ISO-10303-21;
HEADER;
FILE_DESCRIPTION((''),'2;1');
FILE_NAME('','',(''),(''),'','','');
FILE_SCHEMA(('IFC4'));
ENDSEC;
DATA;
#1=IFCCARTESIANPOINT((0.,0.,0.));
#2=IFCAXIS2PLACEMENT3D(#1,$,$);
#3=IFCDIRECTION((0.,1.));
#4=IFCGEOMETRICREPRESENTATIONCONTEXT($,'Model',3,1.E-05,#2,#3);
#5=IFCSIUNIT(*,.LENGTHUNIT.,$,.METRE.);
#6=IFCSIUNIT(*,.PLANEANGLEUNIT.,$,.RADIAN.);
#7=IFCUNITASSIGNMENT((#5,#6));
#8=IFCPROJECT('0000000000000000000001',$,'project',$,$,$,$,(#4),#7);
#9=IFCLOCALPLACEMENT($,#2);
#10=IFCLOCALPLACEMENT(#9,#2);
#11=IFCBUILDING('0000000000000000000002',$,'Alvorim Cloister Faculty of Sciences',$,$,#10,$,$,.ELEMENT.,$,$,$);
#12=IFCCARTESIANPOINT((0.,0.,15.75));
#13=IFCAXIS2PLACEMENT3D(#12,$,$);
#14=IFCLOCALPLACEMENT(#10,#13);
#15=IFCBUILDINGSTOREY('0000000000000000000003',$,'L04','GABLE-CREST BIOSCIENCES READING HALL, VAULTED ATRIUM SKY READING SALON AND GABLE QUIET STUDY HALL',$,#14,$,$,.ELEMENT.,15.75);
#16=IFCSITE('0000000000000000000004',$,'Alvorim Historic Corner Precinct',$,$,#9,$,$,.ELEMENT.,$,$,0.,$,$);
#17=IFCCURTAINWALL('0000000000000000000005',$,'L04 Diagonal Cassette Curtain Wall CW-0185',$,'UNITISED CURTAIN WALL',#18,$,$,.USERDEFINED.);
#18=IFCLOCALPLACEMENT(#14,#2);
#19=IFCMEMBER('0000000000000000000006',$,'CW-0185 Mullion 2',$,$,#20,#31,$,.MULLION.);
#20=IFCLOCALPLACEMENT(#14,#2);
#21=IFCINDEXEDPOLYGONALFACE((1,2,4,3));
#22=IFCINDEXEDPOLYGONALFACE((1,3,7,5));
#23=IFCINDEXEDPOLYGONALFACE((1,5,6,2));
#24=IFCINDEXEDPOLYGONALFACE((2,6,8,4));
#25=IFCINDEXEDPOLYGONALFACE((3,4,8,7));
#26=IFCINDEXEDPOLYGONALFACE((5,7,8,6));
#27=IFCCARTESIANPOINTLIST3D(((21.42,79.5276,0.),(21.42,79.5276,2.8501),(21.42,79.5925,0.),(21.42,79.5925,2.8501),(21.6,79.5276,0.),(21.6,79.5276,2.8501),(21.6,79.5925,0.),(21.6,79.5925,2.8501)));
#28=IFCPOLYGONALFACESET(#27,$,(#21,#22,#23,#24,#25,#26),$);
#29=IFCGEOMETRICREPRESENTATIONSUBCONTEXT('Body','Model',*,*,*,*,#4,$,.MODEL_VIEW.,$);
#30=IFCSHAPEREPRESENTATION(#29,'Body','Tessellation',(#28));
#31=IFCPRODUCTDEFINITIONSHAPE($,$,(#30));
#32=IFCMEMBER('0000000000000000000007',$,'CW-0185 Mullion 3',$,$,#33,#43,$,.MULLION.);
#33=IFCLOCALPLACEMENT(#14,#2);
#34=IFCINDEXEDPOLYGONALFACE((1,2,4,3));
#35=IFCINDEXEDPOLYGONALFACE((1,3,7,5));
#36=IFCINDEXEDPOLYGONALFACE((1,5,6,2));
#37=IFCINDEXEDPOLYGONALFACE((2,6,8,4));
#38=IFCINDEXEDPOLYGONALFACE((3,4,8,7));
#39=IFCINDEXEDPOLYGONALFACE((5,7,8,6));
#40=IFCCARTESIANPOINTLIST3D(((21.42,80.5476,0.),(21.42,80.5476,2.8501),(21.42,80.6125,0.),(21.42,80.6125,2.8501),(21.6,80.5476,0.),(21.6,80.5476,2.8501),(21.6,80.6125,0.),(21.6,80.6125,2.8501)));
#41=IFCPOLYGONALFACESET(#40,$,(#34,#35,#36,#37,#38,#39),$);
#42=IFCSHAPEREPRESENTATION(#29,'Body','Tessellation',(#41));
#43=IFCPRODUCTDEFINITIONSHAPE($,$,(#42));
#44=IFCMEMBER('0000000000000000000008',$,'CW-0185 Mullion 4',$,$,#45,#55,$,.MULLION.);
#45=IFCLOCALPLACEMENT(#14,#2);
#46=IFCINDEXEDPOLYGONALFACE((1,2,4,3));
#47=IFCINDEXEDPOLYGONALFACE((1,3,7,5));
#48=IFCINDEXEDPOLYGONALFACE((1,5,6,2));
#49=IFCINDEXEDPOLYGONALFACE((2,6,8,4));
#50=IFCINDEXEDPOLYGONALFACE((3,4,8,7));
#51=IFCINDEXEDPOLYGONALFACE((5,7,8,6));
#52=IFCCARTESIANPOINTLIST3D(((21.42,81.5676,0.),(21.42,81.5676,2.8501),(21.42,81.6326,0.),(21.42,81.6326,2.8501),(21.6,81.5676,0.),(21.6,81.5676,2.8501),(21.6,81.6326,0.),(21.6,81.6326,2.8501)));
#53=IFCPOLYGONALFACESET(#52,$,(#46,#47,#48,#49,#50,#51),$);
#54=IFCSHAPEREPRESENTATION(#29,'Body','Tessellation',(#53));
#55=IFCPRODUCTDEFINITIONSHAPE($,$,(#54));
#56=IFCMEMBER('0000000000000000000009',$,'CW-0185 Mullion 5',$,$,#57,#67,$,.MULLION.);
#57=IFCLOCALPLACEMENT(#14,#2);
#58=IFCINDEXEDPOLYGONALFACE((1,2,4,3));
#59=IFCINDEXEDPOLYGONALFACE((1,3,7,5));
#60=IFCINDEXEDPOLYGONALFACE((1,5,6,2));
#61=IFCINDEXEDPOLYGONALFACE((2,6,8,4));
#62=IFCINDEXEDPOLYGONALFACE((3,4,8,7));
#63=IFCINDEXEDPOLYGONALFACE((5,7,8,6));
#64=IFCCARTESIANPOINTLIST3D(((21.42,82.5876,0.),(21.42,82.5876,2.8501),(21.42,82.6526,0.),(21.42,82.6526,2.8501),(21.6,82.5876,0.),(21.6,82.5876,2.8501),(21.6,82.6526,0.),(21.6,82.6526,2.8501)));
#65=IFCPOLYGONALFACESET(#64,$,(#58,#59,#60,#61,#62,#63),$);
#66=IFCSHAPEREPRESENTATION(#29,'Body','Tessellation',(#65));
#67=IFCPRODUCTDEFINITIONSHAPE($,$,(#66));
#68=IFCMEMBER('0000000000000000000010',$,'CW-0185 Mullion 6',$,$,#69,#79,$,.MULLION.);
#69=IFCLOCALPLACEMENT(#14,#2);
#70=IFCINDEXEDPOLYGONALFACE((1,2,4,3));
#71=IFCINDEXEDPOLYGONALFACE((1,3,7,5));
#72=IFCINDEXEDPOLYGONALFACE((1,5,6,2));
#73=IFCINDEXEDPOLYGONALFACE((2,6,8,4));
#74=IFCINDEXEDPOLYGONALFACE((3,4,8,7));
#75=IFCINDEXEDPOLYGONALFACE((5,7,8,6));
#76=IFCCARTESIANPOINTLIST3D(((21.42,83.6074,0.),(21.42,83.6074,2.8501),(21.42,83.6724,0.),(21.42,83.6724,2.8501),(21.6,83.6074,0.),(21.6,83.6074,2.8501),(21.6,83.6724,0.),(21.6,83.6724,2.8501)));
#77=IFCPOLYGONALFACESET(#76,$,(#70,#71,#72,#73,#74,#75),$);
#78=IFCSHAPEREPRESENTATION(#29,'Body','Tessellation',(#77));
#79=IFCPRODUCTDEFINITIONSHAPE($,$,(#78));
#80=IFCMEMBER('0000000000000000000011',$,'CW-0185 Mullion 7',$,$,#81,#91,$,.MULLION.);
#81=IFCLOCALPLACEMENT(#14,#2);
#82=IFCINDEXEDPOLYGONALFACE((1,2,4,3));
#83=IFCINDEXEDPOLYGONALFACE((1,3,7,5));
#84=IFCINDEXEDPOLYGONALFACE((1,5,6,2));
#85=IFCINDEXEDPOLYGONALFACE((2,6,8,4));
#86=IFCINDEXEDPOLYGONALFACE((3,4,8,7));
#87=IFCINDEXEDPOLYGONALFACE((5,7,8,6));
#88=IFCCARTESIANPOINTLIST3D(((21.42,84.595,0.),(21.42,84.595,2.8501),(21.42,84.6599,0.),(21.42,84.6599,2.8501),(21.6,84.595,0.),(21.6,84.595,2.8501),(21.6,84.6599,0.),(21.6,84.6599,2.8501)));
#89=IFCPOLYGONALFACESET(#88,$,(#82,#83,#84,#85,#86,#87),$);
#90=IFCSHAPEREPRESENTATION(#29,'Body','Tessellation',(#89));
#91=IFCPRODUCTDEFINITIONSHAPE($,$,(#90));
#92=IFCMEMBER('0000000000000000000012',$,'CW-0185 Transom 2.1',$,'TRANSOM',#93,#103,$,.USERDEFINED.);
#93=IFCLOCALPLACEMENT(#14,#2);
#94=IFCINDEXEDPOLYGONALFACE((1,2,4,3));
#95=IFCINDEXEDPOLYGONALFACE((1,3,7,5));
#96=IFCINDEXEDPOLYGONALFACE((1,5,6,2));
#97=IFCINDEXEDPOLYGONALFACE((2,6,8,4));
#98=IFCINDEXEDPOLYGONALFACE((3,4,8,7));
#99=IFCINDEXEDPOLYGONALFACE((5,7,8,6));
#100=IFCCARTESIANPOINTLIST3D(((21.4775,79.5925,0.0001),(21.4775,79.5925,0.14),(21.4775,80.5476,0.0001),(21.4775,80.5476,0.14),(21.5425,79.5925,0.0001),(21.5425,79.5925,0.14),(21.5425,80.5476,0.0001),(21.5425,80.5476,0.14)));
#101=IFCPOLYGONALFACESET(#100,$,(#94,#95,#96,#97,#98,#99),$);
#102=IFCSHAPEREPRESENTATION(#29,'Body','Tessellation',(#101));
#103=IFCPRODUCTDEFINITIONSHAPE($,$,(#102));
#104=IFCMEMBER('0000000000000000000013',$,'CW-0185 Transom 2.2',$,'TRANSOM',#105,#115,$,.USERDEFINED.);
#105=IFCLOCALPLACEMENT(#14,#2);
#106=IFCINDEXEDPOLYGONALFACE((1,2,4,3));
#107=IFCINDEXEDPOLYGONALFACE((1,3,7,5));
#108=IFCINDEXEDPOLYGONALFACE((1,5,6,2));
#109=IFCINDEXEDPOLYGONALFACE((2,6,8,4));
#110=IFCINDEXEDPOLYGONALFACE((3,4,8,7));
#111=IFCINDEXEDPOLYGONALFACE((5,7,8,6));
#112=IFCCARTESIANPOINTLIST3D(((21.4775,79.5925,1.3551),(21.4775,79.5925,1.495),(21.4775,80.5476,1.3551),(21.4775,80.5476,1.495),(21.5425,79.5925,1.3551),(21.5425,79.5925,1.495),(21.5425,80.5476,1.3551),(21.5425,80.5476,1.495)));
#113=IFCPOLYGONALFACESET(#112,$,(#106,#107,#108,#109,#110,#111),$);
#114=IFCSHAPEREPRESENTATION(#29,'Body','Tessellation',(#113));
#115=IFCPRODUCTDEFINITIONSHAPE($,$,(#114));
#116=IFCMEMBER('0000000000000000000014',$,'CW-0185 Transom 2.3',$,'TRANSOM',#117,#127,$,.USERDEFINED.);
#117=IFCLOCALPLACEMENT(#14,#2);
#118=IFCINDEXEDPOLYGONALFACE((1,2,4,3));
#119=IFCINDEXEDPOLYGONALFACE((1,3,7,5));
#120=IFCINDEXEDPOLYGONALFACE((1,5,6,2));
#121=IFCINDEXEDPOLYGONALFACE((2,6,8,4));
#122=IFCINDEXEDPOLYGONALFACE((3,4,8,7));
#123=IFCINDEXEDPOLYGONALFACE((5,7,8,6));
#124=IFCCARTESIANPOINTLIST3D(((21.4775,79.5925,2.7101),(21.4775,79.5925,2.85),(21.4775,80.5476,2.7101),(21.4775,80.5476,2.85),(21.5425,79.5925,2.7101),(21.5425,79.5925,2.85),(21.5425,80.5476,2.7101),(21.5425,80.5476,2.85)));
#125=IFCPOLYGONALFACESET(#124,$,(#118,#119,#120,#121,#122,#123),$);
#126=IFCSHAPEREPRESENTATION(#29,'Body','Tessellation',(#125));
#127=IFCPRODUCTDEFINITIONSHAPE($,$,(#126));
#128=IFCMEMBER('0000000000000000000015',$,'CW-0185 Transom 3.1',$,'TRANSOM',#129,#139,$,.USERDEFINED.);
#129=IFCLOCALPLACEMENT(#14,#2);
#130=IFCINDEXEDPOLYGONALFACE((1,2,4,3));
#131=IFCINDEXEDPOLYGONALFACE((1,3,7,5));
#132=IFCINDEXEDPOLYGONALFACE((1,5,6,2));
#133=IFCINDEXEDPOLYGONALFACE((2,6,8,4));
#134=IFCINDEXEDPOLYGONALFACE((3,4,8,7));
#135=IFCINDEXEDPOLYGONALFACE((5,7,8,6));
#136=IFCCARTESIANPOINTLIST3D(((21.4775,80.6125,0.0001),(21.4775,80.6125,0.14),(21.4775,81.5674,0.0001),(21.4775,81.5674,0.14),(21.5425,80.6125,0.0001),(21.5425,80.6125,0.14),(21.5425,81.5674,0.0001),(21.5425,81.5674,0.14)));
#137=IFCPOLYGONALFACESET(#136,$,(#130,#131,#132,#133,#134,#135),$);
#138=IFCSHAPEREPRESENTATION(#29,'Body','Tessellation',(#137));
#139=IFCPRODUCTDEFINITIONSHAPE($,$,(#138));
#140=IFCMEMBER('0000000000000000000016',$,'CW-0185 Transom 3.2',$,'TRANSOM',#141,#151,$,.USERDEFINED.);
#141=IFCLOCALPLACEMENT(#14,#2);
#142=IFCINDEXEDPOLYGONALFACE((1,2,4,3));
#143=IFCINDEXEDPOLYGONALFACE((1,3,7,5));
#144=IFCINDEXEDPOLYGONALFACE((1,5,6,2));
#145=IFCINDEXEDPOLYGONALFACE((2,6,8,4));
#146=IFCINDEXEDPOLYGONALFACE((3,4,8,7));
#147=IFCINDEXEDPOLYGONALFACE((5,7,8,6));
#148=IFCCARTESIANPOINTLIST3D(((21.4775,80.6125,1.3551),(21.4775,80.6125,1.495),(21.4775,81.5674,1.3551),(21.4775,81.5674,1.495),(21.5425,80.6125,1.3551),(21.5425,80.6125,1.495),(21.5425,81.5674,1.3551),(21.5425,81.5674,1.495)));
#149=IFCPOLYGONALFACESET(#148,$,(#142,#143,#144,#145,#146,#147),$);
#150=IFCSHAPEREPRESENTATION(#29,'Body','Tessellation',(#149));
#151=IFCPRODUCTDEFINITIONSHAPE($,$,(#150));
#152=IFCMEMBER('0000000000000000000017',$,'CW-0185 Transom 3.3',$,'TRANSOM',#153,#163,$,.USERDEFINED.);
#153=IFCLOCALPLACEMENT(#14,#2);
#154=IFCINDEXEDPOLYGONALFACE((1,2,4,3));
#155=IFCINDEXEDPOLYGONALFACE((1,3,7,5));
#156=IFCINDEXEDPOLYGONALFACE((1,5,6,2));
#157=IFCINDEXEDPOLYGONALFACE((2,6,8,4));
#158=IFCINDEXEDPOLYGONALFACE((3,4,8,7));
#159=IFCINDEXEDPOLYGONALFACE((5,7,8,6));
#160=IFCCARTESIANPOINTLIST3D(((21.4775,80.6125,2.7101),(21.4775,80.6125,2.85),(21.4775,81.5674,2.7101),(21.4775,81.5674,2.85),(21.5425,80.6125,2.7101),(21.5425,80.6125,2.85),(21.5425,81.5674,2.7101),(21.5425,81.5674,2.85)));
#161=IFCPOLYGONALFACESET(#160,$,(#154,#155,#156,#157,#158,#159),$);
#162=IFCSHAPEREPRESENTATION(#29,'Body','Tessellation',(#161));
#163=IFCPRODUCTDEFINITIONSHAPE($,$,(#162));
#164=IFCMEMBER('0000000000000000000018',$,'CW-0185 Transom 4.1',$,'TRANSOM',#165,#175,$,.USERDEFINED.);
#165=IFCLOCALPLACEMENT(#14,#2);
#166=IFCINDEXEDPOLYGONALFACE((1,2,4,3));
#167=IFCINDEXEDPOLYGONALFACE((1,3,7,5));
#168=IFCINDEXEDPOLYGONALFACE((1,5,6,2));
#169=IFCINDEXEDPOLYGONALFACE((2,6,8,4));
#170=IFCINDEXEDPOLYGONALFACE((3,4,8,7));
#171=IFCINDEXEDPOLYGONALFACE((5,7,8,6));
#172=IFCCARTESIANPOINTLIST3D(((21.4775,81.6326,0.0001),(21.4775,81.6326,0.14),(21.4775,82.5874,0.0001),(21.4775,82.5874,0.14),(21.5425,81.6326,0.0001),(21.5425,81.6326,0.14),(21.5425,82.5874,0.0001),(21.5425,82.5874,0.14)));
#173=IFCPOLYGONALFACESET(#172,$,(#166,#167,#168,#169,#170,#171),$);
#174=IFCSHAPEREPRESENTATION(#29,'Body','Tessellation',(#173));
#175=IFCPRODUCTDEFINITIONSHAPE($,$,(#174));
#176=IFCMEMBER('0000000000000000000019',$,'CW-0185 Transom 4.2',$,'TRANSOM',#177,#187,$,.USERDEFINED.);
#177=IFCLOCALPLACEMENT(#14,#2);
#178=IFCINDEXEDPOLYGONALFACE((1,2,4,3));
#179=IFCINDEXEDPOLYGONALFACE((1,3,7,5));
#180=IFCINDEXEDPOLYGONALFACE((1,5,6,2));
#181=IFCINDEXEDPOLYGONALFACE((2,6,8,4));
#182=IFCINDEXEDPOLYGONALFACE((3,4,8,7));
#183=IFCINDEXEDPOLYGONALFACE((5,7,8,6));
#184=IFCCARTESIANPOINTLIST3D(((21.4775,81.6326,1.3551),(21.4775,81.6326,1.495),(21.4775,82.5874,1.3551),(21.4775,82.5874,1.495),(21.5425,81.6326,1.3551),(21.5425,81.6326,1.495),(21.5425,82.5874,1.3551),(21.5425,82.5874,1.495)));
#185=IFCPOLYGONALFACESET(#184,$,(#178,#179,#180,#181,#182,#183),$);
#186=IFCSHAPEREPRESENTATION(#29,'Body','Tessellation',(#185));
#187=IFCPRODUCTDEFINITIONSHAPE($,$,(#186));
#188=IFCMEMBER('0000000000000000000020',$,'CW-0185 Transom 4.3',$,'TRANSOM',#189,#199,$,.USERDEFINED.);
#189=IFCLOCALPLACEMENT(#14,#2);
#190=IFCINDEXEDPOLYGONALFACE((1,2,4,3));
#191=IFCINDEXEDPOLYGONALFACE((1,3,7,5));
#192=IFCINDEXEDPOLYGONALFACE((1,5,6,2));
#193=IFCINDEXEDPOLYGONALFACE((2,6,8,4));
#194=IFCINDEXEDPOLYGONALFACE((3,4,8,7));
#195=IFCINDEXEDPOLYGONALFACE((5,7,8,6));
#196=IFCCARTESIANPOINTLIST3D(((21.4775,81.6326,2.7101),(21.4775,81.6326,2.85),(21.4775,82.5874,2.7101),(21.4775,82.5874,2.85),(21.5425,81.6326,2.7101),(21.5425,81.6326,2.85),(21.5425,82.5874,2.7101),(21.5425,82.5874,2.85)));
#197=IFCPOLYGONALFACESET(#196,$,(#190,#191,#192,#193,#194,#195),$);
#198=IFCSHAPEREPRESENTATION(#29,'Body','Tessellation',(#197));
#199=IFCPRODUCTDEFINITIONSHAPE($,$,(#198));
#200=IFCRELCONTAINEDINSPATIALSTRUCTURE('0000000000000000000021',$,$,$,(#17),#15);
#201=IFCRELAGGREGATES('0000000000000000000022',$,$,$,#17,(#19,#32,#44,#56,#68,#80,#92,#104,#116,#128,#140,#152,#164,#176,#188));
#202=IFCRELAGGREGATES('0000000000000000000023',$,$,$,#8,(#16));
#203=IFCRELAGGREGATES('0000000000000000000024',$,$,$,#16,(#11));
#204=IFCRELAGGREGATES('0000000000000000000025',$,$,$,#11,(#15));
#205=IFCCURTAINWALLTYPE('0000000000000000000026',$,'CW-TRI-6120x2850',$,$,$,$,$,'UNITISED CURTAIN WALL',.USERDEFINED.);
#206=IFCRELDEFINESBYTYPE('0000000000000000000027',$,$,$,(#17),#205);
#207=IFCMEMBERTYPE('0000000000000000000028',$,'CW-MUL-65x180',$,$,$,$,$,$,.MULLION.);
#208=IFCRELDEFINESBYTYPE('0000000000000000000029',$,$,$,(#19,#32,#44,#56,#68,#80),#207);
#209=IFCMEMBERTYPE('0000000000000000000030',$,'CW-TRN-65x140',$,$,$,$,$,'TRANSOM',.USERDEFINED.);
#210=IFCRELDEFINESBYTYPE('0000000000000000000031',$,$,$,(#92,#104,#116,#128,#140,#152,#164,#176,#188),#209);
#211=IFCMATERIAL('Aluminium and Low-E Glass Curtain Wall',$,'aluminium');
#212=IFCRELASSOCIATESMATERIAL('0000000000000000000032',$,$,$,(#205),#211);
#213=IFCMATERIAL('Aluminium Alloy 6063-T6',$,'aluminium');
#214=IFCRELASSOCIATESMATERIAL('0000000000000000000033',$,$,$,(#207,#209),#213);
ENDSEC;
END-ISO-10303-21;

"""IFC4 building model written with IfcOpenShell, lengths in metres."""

from ifc_helpers import new_model, si_unit, direction, frame, origin, origin_2d, place, context, subcontext, project, spatial, rectangle, extrude, material, material_profile, profile_set, type_object, element, aggregate, save


model = new_model("IFC4")

# Units and contexts
model_context = context("Model", 3, precision=1e-05, world=origin(), true_north=direction((0.0, 1.0)))
body_context = subcontext(model_context, "Body", "Model", "MODEL_VIEW")
ifc_project = project(units=[si_unit("LENGTHUNIT", "METRE"), si_unit("PLANEANGLEUNIT", "RADIAN")], contexts=[model_context])

# Site, building, storey
site_placement = place(None, origin())
site = spatial("IfcSite", under=ifc_project, at=site_placement, Name="Alvorim Historic Corner Precinct", CompositionType="ELEMENT", RefElevation=0.0)
building_placement = place(site_placement, origin())
building = spatial("IfcBuilding", under=site, at=building_placement, Name="Alvorim Cloister Faculty of Sciences", CompositionType="ELEMENT")
storey_placement = place(building_placement, frame((0.0, 0.0, 15.75)))
storey = spatial("IfcBuildingStorey", under=building, at=storey_placement, Name="L04", Description="GABLE-CREST BIOSCIENCES READING HALL, VAULTED ATRIUM SKY READING SALON AND GABLE QUIET STUDY HALL", CompositionType="ELEMENT", Elevation=15.75)

# Curtain wall, members
ifc_material_1 = material(Name="Aluminium and Low-E Glass Curtain Wall", Category="aluminium")
curtain_wall_type = type_object("IfcCurtainWallType", Name="CW-TRI-6120x2850", ElementType="UNITISED CURTAIN WALL", PredefinedType="USERDEFINED", material=ifc_material_1)
curtain_wall_placement = place(storey_placement, origin())
curtain_wall = element("IfcCurtainWall", 1, at=curtain_wall_placement, inside=storey, type_object=curtain_wall_type, Name="L04 Diagonal Cassette Curtain Wall CW-0185", ObjectType="UNITISED CURTAIN WALL", PredefinedType="USERDEFINED")
ifc_material_2 = material(Name="Aluminium Alloy 6063-T6", Category="aluminium")
ifc_material_profile_1 = material_profile(ifc_material_2, rectangle(XDim=0.0649, YDim=0.1799, at=origin_2d()), Name="ALU-MUL-65x180")
ifc_profile_set_1 = profile_set([ifc_material_profile_1], Name="Aluminium Alloy 6063-T6")
member_type_1 = type_object("IfcMemberType", Name="CW-MUL-65x180", PredefinedType="MULLION", material=ifc_profile_set_1)
member_1_placement = place(storey_placement, frame((21.51, 79.5601, 0.0), z_axis=(0.0, 0.0, 1.0), x_axis=(0.0, 1.0, 0.0)))
member_1 = element("IfcMember", 2, at=member_1_placement, type_object=member_type_1, Name="CW-0185 Mullion 2", PredefinedType="MULLION", context=body_context, shape_type="SweptSolid", body=[
    extrude(rectangle(XDim=0.0649, YDim=0.1799, at=origin_2d()), origin(), (0.0, 0.0, 1.0), 2.8501),
])
member_2_placement = place(storey_placement, frame((21.51, 80.5801, 0.0), z_axis=(0.0, 0.0, 1.0), x_axis=(0.0, 1.0, 0.0)))
member_2 = element("IfcMember", 3, at=member_2_placement, type_object=member_type_1, Name="CW-0185 Mullion 3", PredefinedType="MULLION", context=body_context, shape_type="SweptSolid", body=[
    extrude(rectangle(XDim=0.0649, YDim=0.1799, at=origin_2d()), origin(), (0.0, 0.0, 1.0), 2.8501),
])
member_3_placement = place(storey_placement, frame((21.51, 81.6001, 0.0), z_axis=(0.0, 0.0, 1.0), x_axis=(0.0, 1.0, 0.0)))
member_3 = element("IfcMember", 4, at=member_3_placement, type_object=member_type_1, Name="CW-0185 Mullion 4", PredefinedType="MULLION", context=body_context, shape_type="SweptSolid", body=[
    extrude(rectangle(XDim=0.0649, YDim=0.1799, at=origin_2d()), origin(), (0.0, 0.0, 1.0), 2.8501),
])
member_4_placement = place(storey_placement, frame((21.51, 82.6201, 0.0), z_axis=(0.0, 0.0, 1.0), x_axis=(0.0, 1.0, 0.0)))
member_4 = element("IfcMember", 5, at=member_4_placement, type_object=member_type_1, Name="CW-0185 Mullion 5", PredefinedType="MULLION", context=body_context, shape_type="SweptSolid", body=[
    extrude(rectangle(XDim=0.0649, YDim=0.1799, at=origin_2d()), origin(), (0.0, 0.0, 1.0), 2.8501),
])
member_5_placement = place(storey_placement, frame((21.51, 83.6399, 0.0), z_axis=(0.0, 0.0, 1.0), x_axis=(0.0, 1.0, 0.0)))
member_5 = element("IfcMember", 6, at=member_5_placement, type_object=member_type_1, Name="CW-0185 Mullion 6", PredefinedType="MULLION", context=body_context, shape_type="SweptSolid", body=[
    extrude(rectangle(XDim=0.0649, YDim=0.1799, at=origin_2d()), origin(), (0.0, 0.0, 1.0), 2.8501),
])
member_6_placement = place(storey_placement, frame((21.51, 84.6274, 0.0), z_axis=(0.0, 0.0, 1.0), x_axis=(0.0, 1.0, 0.0)))
member_6 = element("IfcMember", 7, at=member_6_placement, type_object=member_type_1, Name="CW-0185 Mullion 7", PredefinedType="MULLION", context=body_context, shape_type="SweptSolid", body=[
    extrude(rectangle(XDim=0.0649, YDim=0.1799, at=origin_2d()), origin(), (0.0, 0.0, 1.0), 2.8501),
])
ifc_material_profile_2 = material_profile(ifc_material_2, rectangle(XDim=0.0649, YDim=0.1399, at=origin_2d()), Name="ALU-TRN-65x140")
ifc_profile_set_2 = profile_set([ifc_material_profile_2], Name="Aluminium Alloy 6063-T6")
member_type_2 = type_object("IfcMemberType", Name="CW-TRN-65x140", ElementType="TRANSOM", PredefinedType="USERDEFINED", material=ifc_profile_set_2)
member_7_placement = place(storey_placement, frame((21.51, 79.5925, 0.0701), z_axis=(0.0, 1.0, 0.0), x_axis=(-1.0, 0.0, 0.0)))
member_7 = element("IfcMember", 8, at=member_7_placement, type_object=member_type_2, Name="CW-0185 Transom 2.1", ObjectType="TRANSOM", PredefinedType="USERDEFINED", context=body_context, shape_type="SweptSolid", body=[
    extrude(rectangle(XDim=0.0649, YDim=0.1399, at=origin_2d()), origin(), (0.0, 0.0, 1.0), 0.9551),
])
member_8_placement = place(storey_placement, frame((21.51, 79.5925, 1.425), z_axis=(0.0, 1.0, 0.0), x_axis=(-1.0, 0.0, 0.0)))
member_8 = element("IfcMember", 9, at=member_8_placement, type_object=member_type_2, Name="CW-0185 Transom 2.2", ObjectType="TRANSOM", PredefinedType="USERDEFINED", context=body_context, shape_type="SweptSolid", body=[
    extrude(rectangle(XDim=0.0649, YDim=0.1399, at=origin_2d()), origin(), (0.0, 0.0, 1.0), 0.9551),
])
member_9_placement = place(storey_placement, frame((21.51, 79.5925, 2.78), z_axis=(0.0, 1.0, 0.0), x_axis=(-1.0, 0.0, 0.0)))
member_9 = element("IfcMember", 10, at=member_9_placement, type_object=member_type_2, Name="CW-0185 Transom 2.3", ObjectType="TRANSOM", PredefinedType="USERDEFINED", context=body_context, shape_type="SweptSolid", body=[
    extrude(rectangle(XDim=0.0649, YDim=0.1399, at=origin_2d()), origin(), (0.0, 0.0, 1.0), 0.9551),
])
member_10_placement = place(storey_placement, frame((21.51, 80.6125, 0.0701), z_axis=(0.0, 1.0, 0.0), x_axis=(-1.0, 0.0, 0.0)))
member_10 = element("IfcMember", 11, at=member_10_placement, type_object=member_type_2, Name="CW-0185 Transom 3.1", ObjectType="TRANSOM", PredefinedType="USERDEFINED", context=body_context, shape_type="SweptSolid", body=[
    extrude(rectangle(XDim=0.0649, YDim=0.1399, at=origin_2d()), origin(), (0.0, 0.0, 1.0), 0.9548),
])
member_11_placement = place(storey_placement, frame((21.51, 80.6125, 1.425), z_axis=(0.0, 1.0, 0.0), x_axis=(-1.0, 0.0, 0.0)))
member_11 = element("IfcMember", 12, at=member_11_placement, type_object=member_type_2, Name="CW-0185 Transom 3.2", ObjectType="TRANSOM", PredefinedType="USERDEFINED", context=body_context, shape_type="SweptSolid", body=[
    extrude(rectangle(XDim=0.0649, YDim=0.1399, at=origin_2d()), origin(), (0.0, 0.0, 1.0), 0.9548),
])
member_12_placement = place(storey_placement, frame((21.51, 80.6125, 2.78), z_axis=(0.0, 1.0, 0.0), x_axis=(-1.0, 0.0, 0.0)))
member_12 = element("IfcMember", 13, at=member_12_placement, type_object=member_type_2, Name="CW-0185 Transom 3.3", ObjectType="TRANSOM", PredefinedType="USERDEFINED", context=body_context, shape_type="SweptSolid", body=[
    extrude(rectangle(XDim=0.0649, YDim=0.1399, at=origin_2d()), origin(), (0.0, 0.0, 1.0), 0.9548),
])
member_13_placement = place(storey_placement, frame((21.51, 81.6326, 0.0701), z_axis=(0.0, 1.0, 0.0), x_axis=(-1.0, 0.0, 0.0)))
member_13 = element("IfcMember", 14, at=member_13_placement, type_object=member_type_2, Name="CW-0185 Transom 4.1", ObjectType="TRANSOM", PredefinedType="USERDEFINED", context=body_context, shape_type="SweptSolid", body=[
    extrude(rectangle(XDim=0.0649, YDim=0.1399, at=origin_2d()), origin(), (0.0, 0.0, 1.0), 0.9548),
])
member_14_placement = place(storey_placement, frame((21.51, 81.6326, 1.425), z_axis=(0.0, 1.0, 0.0), x_axis=(-1.0, 0.0, 0.0)))
member_14 = element("IfcMember", 15, at=member_14_placement, type_object=member_type_2, Name="CW-0185 Transom 4.2", ObjectType="TRANSOM", PredefinedType="USERDEFINED", context=body_context, shape_type="SweptSolid", body=[
    extrude(rectangle(XDim=0.0649, YDim=0.1399, at=origin_2d()), origin(), (0.0, 0.0, 1.0), 0.9548),
])
member_15_placement = place(storey_placement, frame((21.51, 81.6326, 2.78), z_axis=(0.0, 1.0, 0.0), x_axis=(-1.0, 0.0, 0.0)))
member_15 = element("IfcMember", 16, at=member_15_placement, type_object=member_type_2, Name="CW-0185 Transom 4.3", ObjectType="TRANSOM", PredefinedType="USERDEFINED", context=body_context, shape_type="SweptSolid", body=[
    extrude(rectangle(XDim=0.0649, YDim=0.1399, at=origin_2d()), origin(), (0.0, 0.0, 1.0), 0.9548),
])
aggregate(curtain_wall, [member_1, member_2, member_3, member_4, member_5, member_6, member_7, member_8, member_9, member_10, member_11, member_12, member_13, member_14, member_15])

save(model, "model.ifc")
